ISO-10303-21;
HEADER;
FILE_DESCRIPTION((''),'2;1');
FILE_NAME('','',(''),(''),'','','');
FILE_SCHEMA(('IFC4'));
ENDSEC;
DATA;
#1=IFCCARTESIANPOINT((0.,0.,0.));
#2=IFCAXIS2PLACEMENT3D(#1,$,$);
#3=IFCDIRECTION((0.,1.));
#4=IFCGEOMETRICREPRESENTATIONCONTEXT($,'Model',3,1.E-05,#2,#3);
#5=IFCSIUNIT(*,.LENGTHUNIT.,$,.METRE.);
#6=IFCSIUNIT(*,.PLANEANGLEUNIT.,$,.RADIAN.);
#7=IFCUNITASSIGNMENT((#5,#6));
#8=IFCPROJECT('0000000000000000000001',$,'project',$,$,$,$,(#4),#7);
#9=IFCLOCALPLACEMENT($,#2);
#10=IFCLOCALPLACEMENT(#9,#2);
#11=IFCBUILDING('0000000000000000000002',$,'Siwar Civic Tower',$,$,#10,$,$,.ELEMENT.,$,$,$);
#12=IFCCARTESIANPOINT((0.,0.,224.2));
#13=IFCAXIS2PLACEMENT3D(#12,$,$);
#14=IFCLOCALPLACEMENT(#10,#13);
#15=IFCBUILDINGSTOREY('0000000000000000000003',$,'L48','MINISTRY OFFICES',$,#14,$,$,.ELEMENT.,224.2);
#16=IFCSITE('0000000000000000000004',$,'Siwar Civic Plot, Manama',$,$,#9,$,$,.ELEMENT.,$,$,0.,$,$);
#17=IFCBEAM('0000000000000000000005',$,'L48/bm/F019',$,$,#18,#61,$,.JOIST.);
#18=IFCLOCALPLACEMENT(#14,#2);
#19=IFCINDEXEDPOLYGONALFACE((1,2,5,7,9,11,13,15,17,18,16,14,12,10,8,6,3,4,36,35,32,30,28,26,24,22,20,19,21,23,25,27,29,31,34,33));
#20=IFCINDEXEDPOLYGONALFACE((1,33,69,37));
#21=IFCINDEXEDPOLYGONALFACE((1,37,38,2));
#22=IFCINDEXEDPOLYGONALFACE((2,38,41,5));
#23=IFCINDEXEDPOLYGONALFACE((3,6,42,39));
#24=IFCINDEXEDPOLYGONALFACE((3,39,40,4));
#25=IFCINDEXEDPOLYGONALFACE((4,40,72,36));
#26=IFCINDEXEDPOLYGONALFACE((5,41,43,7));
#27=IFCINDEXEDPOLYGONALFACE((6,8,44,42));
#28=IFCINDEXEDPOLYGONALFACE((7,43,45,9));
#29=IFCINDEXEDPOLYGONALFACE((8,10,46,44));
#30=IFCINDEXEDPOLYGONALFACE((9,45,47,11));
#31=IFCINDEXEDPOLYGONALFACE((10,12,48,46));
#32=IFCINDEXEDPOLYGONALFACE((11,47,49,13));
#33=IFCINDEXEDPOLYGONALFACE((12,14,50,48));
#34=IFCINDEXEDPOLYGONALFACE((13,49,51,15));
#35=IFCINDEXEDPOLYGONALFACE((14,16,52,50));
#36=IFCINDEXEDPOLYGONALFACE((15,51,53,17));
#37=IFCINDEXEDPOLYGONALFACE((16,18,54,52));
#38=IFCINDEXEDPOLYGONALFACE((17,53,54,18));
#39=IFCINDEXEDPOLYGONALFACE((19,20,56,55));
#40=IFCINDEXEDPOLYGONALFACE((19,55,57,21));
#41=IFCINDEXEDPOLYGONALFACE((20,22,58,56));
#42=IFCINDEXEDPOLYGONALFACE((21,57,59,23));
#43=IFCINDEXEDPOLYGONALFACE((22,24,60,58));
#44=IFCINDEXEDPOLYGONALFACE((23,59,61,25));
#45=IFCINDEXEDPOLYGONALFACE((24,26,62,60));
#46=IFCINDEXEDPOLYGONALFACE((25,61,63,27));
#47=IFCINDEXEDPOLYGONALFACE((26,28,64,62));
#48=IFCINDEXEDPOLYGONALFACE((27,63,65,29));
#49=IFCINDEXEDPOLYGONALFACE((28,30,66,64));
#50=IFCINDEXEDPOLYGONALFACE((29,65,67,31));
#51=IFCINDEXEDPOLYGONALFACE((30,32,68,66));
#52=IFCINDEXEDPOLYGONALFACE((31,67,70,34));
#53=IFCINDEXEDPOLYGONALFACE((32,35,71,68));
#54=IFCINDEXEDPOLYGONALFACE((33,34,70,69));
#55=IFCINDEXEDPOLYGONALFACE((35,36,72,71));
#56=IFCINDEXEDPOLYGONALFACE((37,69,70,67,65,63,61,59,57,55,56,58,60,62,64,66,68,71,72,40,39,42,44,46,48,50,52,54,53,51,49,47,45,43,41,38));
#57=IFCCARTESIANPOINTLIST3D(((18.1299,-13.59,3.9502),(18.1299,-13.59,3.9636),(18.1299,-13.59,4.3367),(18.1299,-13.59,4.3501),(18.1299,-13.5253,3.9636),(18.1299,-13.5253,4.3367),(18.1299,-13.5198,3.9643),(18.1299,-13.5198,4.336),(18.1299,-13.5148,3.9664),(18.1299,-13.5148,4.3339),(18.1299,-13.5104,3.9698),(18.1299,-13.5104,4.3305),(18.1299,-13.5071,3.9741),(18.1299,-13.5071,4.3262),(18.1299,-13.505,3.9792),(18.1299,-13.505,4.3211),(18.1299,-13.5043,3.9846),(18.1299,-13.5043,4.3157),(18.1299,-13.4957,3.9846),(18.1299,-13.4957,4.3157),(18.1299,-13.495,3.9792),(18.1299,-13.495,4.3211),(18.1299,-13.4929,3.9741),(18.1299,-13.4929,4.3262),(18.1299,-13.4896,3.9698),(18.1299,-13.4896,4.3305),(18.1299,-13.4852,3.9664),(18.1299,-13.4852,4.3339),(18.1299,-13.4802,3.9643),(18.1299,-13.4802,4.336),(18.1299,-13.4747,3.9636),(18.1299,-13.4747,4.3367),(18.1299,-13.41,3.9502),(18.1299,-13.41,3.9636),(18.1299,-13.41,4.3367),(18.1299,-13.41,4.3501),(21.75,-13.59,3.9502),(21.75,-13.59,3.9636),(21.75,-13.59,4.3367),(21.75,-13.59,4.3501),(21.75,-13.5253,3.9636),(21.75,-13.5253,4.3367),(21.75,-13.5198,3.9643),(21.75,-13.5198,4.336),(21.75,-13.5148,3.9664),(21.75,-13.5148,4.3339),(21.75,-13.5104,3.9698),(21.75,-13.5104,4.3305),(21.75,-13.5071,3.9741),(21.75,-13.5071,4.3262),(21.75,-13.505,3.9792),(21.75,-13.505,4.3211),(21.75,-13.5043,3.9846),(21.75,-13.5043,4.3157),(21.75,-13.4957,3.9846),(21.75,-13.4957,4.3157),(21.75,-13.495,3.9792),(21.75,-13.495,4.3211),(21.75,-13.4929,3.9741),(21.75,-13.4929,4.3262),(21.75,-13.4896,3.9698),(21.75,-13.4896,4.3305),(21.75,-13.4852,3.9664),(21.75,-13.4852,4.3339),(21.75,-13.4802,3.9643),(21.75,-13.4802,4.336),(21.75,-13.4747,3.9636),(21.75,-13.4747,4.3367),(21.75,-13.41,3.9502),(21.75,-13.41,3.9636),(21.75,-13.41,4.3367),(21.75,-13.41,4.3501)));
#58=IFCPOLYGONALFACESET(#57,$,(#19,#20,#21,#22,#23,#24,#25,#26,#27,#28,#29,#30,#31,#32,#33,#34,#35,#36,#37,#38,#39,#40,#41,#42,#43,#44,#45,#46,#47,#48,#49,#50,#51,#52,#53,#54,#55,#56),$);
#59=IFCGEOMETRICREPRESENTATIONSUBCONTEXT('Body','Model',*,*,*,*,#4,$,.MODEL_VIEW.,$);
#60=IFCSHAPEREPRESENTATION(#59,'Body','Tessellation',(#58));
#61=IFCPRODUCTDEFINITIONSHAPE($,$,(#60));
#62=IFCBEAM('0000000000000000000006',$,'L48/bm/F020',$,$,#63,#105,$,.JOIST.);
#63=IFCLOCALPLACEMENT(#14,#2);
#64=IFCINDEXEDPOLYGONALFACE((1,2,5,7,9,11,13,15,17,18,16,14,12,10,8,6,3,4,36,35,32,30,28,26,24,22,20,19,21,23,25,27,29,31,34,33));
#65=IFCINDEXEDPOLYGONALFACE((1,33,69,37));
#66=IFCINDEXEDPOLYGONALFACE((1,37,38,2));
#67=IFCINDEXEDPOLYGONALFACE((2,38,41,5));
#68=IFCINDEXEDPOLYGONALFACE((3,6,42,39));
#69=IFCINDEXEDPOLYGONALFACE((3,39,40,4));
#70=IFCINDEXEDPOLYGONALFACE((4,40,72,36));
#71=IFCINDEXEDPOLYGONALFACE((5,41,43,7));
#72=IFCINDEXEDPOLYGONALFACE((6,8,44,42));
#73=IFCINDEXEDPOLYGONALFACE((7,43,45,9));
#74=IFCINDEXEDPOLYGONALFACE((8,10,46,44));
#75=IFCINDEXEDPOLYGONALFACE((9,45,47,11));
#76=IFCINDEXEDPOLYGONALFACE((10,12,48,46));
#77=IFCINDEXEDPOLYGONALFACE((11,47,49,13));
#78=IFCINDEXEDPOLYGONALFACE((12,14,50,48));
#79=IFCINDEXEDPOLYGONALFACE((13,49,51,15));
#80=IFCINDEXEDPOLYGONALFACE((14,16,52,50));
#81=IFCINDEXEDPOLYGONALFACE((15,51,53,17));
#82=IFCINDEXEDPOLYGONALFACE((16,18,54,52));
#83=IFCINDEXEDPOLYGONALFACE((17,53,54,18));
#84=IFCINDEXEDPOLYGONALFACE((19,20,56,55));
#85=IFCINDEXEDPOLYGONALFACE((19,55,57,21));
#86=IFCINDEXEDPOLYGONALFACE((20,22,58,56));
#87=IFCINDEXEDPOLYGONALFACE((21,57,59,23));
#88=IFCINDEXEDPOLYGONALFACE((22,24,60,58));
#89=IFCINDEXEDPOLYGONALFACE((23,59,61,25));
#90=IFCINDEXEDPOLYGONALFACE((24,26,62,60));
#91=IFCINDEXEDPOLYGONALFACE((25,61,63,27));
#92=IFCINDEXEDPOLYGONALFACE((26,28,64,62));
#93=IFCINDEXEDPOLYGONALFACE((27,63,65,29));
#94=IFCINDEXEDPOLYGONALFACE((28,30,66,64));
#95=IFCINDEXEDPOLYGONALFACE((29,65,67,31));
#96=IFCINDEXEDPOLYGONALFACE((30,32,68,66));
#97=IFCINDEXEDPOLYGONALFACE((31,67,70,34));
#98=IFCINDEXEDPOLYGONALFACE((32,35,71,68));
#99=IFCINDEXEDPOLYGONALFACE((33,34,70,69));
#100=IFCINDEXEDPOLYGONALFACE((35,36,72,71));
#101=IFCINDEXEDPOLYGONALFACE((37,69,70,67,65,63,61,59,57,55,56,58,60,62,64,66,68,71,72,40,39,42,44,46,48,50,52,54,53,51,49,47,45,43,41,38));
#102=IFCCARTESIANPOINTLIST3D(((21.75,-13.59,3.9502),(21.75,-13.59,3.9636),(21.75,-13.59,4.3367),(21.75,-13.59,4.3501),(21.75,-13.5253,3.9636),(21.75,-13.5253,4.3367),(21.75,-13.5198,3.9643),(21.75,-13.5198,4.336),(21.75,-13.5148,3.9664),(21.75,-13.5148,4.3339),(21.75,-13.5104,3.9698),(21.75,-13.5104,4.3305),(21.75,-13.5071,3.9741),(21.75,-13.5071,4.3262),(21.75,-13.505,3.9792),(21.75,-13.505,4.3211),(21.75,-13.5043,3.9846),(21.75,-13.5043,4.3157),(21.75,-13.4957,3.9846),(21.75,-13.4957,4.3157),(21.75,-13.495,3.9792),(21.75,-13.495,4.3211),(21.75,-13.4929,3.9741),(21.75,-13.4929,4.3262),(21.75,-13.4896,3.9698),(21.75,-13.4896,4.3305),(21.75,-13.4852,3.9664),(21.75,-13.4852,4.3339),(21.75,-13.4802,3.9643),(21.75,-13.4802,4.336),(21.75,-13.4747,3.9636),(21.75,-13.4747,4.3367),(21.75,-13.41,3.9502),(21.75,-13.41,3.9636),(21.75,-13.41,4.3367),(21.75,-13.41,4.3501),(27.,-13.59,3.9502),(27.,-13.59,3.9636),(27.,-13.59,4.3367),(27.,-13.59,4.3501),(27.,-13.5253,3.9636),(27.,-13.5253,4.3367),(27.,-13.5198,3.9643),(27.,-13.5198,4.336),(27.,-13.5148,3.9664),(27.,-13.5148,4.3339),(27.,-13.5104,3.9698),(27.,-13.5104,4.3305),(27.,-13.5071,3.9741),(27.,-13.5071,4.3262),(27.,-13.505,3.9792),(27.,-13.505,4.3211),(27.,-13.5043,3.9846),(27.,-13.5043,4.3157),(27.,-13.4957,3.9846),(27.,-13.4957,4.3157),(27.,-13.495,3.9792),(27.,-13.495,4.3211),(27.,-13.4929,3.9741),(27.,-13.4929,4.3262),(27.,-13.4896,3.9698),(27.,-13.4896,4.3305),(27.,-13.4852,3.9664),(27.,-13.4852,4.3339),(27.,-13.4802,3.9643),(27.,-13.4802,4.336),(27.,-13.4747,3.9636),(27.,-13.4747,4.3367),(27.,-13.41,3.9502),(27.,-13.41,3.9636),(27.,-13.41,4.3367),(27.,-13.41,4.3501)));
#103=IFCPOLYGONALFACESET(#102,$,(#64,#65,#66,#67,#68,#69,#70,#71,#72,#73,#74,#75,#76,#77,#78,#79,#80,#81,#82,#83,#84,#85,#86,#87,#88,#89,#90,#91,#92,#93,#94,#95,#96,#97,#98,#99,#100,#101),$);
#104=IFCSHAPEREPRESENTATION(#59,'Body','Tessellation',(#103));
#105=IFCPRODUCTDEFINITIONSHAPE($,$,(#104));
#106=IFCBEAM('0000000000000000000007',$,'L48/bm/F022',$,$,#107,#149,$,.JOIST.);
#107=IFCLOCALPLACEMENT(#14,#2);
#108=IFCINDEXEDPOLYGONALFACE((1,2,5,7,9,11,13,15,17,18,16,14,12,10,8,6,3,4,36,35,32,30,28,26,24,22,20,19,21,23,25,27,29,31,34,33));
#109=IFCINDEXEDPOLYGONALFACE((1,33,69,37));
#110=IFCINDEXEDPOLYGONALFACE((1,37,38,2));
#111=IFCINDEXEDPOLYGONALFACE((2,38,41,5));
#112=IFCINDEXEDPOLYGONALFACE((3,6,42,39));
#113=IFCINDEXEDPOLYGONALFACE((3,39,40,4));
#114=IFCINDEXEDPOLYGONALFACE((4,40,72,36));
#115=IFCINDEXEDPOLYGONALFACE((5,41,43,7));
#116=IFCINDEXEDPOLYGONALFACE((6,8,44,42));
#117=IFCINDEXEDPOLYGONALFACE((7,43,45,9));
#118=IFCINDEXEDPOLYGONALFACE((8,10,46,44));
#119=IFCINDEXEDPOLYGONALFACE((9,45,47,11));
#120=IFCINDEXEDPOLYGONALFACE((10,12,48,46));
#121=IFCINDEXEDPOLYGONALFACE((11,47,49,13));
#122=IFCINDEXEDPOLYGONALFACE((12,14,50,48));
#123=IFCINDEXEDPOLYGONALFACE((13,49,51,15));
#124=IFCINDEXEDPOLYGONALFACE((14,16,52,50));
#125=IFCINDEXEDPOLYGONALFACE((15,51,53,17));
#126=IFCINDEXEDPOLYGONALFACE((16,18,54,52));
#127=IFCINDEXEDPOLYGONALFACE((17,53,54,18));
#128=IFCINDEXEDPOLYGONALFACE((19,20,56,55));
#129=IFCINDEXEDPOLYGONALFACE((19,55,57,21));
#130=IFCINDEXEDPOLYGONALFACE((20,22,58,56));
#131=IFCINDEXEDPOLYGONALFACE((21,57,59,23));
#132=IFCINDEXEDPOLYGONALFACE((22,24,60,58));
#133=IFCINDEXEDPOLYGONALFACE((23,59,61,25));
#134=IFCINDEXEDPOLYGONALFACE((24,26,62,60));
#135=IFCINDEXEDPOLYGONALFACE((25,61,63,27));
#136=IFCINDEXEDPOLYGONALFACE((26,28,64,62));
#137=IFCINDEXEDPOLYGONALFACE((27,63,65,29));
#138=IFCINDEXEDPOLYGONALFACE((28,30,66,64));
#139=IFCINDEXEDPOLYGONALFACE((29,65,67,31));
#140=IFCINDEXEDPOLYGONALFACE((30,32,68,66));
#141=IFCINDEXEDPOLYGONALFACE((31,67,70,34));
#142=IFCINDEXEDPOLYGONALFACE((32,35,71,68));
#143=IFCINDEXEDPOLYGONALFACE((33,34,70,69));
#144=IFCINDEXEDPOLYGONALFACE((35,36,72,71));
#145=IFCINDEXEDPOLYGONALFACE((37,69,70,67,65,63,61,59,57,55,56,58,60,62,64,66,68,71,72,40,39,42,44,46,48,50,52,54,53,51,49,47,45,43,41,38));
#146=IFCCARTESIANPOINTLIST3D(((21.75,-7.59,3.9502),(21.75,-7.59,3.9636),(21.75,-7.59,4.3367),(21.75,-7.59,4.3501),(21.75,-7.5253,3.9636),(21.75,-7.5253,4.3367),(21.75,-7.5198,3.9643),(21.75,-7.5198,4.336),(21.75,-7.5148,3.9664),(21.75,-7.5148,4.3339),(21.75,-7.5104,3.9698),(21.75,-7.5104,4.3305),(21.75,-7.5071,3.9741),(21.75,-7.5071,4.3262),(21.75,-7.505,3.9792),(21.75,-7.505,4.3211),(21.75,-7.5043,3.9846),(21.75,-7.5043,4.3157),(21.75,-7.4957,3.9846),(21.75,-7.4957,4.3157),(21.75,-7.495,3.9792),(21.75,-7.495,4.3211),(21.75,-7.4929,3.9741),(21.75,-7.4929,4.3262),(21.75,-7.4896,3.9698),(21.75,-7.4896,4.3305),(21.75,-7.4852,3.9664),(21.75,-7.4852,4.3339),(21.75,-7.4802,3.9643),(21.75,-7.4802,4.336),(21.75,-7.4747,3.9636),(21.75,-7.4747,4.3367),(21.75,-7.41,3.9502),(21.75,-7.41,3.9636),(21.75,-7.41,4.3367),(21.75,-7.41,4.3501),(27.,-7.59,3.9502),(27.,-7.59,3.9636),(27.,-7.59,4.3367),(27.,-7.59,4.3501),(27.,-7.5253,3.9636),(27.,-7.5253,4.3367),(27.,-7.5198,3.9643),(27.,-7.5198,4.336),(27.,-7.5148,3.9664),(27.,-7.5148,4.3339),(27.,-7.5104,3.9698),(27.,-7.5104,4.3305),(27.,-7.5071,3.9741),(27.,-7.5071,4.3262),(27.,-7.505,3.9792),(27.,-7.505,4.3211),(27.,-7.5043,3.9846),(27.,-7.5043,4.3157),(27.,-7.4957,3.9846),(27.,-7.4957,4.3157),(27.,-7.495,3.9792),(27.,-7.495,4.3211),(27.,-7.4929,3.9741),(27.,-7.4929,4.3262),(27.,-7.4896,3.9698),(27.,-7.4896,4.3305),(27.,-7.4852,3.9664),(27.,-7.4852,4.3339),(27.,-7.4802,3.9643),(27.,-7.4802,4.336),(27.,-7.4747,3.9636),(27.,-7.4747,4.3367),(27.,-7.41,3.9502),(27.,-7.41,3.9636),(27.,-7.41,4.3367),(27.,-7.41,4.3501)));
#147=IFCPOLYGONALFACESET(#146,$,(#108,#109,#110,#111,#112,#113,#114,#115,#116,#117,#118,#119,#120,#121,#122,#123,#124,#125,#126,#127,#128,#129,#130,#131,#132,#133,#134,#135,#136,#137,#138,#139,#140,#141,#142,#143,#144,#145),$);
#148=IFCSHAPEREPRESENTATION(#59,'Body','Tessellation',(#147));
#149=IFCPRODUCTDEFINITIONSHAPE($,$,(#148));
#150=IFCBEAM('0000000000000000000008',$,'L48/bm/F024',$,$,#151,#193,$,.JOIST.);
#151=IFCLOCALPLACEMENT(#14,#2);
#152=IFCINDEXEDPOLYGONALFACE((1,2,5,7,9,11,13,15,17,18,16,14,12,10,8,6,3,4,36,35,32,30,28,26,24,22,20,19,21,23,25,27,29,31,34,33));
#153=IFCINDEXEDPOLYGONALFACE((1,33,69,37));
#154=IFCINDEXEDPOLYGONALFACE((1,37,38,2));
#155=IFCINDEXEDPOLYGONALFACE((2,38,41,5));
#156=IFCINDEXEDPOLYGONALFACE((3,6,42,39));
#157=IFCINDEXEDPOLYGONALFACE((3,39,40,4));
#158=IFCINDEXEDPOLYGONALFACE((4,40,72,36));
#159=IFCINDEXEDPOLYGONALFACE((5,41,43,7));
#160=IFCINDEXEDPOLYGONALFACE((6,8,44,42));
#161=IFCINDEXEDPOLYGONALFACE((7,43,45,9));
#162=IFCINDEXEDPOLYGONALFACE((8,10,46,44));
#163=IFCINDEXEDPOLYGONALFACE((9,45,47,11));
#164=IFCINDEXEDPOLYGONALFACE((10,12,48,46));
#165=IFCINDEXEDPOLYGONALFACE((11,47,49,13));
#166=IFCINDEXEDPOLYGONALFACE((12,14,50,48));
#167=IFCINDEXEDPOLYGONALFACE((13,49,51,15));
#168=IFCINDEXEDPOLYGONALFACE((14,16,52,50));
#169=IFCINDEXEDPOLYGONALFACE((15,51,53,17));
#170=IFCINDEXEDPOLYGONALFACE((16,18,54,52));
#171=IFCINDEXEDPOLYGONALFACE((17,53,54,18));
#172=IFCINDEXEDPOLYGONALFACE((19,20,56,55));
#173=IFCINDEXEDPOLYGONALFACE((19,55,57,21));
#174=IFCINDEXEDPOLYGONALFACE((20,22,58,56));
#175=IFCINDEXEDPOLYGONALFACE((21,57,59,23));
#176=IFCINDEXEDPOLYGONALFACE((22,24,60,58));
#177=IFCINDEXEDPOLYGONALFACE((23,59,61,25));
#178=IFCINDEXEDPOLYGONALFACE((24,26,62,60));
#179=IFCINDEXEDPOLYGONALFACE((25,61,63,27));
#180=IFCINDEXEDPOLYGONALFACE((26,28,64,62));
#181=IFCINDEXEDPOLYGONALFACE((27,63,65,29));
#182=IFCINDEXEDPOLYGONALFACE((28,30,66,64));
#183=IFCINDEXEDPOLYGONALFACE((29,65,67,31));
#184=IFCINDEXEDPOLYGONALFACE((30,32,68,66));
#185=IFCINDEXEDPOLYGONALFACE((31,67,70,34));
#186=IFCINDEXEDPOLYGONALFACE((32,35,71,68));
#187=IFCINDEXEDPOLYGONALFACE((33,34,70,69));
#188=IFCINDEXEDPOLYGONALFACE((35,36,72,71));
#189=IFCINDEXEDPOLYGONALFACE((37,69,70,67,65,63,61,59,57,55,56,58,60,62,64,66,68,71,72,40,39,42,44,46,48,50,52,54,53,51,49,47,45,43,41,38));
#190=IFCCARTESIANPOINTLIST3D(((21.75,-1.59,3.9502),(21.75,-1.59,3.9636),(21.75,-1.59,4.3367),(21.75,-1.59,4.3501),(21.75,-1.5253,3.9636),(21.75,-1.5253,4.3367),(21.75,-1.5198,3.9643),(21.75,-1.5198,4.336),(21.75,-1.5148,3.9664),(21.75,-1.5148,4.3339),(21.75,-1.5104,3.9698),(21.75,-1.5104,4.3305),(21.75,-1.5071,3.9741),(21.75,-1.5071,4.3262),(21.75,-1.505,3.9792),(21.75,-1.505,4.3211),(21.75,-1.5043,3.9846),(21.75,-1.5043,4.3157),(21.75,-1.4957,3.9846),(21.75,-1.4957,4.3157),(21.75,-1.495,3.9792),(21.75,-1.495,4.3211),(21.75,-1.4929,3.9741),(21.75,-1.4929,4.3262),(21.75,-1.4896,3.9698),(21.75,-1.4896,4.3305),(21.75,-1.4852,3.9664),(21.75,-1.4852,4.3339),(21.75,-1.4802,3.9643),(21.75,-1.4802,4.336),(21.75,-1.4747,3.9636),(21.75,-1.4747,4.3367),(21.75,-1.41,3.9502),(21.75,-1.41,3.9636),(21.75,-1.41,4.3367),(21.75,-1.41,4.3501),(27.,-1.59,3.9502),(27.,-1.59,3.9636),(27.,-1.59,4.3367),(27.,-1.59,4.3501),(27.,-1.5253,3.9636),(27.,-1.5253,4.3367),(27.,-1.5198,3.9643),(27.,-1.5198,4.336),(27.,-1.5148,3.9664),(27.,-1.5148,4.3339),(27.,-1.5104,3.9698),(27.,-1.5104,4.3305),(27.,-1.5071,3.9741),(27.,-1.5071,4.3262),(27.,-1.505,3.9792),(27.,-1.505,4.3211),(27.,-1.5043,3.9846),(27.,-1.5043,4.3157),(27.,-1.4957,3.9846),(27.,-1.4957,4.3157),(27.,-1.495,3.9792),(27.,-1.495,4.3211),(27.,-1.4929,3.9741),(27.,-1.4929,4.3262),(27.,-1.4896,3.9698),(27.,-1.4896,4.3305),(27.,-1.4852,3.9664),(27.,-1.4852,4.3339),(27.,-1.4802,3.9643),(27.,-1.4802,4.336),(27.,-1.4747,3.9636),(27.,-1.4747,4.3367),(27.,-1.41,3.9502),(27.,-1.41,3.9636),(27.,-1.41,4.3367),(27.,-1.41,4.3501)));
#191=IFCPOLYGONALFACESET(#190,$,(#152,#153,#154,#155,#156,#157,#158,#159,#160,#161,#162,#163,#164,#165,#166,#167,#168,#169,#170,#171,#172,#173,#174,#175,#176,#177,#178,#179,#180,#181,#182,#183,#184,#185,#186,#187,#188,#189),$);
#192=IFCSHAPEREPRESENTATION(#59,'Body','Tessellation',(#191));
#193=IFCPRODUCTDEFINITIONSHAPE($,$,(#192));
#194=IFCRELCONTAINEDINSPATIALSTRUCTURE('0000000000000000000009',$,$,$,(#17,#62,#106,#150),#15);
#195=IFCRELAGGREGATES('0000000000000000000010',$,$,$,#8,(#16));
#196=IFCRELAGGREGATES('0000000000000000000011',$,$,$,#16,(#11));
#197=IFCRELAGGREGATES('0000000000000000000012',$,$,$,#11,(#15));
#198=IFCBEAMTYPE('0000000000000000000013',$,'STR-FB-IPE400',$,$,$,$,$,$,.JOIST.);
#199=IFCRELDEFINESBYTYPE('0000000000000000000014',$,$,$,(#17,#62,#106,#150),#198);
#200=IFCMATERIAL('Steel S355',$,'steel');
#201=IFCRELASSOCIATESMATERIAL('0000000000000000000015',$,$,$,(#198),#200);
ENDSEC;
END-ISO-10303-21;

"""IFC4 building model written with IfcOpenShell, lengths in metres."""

from ifc_helpers import new_model, si_unit, direction, frame, origin, origin_2d, place, context, subcontext, project, spatial, i_section, extrude, material, material_profile, profile_set, type_object, element, save


model = new_model("IFC4")

# Units and contexts
model_context = context("Model", 3, precision=1e-05, world=origin(), true_north=direction((0.0, 1.0)))
body_context = subcontext(model_context, "Body", "Model", "MODEL_VIEW")
ifc_project = project(units=[si_unit("LENGTHUNIT", "METRE"), si_unit("PLANEANGLEUNIT", "RADIAN")], contexts=[model_context])

# Site, building, storey
site_placement = place(None, origin())
site = spatial("IfcSite", under=ifc_project, at=site_placement, Name="Siwar Civic Plot, Manama", CompositionType="ELEMENT", RefElevation=0.0)
building_placement = place(site_placement, origin())
building = spatial("IfcBuilding", under=site, at=building_placement, Name="Siwar Civic Tower", CompositionType="ELEMENT")
storey_placement = place(building_placement, frame((0.0, 0.0, 224.2)))
storey = spatial("IfcBuildingStorey", under=building, at=storey_placement, Name="L48", Description="MINISTRY OFFICES", CompositionType="ELEMENT", Elevation=224.2)

# Beams
ifc_material_1 = material(Name="Steel S355", Category="steel")
ifc_material_profile_1 = material_profile(ifc_material_1, i_section(OverallWidth=0.1799, OverallDepth=0.3999, WebThickness=0.0085, FlangeThickness=0.0134, FilletRadius=0.021, at=origin_2d()), Name="IPE400")
ifc_profile_set_1 = profile_set([ifc_material_profile_1], Name="Steel S355")
beam_type_1 = type_object("IfcBeamType", Name="STR-FB-IPE400", PredefinedType="JOIST", material=ifc_profile_set_1)
beam_placement = place(storey_placement, frame((18.1299, -13.5, 4.1501), z_axis=(1.0, 0.0, 0.0), x_axis=(0.0, 1.0, 0.0)))
element("IfcBeam", 1, at=beam_placement, inside=storey, type_object=beam_type_1, Name="L48/bm/F019", PredefinedType="JOIST", context=body_context, shape_type="SweptSolid", body=[
    extrude(i_section(OverallWidth=0.1799, OverallDepth=0.3999, WebThickness=0.0085, FlangeThickness=0.0134, FilletRadius=0.021, at=origin_2d()), origin(), (0.0, 0.0, 1.0), 3.6201),
])
for number, where, z_axis, x_axis, name in (
    (2, (21.75, -13.5, 4.1501), (1.0, 0.0, 0.0), (0.0, 1.0, 0.0), "L48/bm/F020"),
    (3, (21.75, -7.5, 4.1501), (1.0, 0.0, 0.0), (0.0, 1.0, 0.0), "L48/bm/F022"),
    (4, (21.75, -1.5, 4.1501), (1.0, 0.0, 0.0), (0.0, 1.0, 0.0), "L48/bm/F024"),
):
    element("IfcBeam", number, at=place(storey_placement, frame(where, z_axis=z_axis, x_axis=x_axis)), inside=storey, type_object=beam_type_1, Name=name, PredefinedType="JOIST", context=body_context, shape_type="SweptSolid", body=[
        extrude(i_section(OverallWidth=0.1799, OverallDepth=0.3999, WebThickness=0.0085, FlangeThickness=0.0134, FilletRadius=0.021, at=origin_2d()), origin(), (0.0, 0.0, 1.0), 5.25),
    ])

save(model, "model.ifc")
